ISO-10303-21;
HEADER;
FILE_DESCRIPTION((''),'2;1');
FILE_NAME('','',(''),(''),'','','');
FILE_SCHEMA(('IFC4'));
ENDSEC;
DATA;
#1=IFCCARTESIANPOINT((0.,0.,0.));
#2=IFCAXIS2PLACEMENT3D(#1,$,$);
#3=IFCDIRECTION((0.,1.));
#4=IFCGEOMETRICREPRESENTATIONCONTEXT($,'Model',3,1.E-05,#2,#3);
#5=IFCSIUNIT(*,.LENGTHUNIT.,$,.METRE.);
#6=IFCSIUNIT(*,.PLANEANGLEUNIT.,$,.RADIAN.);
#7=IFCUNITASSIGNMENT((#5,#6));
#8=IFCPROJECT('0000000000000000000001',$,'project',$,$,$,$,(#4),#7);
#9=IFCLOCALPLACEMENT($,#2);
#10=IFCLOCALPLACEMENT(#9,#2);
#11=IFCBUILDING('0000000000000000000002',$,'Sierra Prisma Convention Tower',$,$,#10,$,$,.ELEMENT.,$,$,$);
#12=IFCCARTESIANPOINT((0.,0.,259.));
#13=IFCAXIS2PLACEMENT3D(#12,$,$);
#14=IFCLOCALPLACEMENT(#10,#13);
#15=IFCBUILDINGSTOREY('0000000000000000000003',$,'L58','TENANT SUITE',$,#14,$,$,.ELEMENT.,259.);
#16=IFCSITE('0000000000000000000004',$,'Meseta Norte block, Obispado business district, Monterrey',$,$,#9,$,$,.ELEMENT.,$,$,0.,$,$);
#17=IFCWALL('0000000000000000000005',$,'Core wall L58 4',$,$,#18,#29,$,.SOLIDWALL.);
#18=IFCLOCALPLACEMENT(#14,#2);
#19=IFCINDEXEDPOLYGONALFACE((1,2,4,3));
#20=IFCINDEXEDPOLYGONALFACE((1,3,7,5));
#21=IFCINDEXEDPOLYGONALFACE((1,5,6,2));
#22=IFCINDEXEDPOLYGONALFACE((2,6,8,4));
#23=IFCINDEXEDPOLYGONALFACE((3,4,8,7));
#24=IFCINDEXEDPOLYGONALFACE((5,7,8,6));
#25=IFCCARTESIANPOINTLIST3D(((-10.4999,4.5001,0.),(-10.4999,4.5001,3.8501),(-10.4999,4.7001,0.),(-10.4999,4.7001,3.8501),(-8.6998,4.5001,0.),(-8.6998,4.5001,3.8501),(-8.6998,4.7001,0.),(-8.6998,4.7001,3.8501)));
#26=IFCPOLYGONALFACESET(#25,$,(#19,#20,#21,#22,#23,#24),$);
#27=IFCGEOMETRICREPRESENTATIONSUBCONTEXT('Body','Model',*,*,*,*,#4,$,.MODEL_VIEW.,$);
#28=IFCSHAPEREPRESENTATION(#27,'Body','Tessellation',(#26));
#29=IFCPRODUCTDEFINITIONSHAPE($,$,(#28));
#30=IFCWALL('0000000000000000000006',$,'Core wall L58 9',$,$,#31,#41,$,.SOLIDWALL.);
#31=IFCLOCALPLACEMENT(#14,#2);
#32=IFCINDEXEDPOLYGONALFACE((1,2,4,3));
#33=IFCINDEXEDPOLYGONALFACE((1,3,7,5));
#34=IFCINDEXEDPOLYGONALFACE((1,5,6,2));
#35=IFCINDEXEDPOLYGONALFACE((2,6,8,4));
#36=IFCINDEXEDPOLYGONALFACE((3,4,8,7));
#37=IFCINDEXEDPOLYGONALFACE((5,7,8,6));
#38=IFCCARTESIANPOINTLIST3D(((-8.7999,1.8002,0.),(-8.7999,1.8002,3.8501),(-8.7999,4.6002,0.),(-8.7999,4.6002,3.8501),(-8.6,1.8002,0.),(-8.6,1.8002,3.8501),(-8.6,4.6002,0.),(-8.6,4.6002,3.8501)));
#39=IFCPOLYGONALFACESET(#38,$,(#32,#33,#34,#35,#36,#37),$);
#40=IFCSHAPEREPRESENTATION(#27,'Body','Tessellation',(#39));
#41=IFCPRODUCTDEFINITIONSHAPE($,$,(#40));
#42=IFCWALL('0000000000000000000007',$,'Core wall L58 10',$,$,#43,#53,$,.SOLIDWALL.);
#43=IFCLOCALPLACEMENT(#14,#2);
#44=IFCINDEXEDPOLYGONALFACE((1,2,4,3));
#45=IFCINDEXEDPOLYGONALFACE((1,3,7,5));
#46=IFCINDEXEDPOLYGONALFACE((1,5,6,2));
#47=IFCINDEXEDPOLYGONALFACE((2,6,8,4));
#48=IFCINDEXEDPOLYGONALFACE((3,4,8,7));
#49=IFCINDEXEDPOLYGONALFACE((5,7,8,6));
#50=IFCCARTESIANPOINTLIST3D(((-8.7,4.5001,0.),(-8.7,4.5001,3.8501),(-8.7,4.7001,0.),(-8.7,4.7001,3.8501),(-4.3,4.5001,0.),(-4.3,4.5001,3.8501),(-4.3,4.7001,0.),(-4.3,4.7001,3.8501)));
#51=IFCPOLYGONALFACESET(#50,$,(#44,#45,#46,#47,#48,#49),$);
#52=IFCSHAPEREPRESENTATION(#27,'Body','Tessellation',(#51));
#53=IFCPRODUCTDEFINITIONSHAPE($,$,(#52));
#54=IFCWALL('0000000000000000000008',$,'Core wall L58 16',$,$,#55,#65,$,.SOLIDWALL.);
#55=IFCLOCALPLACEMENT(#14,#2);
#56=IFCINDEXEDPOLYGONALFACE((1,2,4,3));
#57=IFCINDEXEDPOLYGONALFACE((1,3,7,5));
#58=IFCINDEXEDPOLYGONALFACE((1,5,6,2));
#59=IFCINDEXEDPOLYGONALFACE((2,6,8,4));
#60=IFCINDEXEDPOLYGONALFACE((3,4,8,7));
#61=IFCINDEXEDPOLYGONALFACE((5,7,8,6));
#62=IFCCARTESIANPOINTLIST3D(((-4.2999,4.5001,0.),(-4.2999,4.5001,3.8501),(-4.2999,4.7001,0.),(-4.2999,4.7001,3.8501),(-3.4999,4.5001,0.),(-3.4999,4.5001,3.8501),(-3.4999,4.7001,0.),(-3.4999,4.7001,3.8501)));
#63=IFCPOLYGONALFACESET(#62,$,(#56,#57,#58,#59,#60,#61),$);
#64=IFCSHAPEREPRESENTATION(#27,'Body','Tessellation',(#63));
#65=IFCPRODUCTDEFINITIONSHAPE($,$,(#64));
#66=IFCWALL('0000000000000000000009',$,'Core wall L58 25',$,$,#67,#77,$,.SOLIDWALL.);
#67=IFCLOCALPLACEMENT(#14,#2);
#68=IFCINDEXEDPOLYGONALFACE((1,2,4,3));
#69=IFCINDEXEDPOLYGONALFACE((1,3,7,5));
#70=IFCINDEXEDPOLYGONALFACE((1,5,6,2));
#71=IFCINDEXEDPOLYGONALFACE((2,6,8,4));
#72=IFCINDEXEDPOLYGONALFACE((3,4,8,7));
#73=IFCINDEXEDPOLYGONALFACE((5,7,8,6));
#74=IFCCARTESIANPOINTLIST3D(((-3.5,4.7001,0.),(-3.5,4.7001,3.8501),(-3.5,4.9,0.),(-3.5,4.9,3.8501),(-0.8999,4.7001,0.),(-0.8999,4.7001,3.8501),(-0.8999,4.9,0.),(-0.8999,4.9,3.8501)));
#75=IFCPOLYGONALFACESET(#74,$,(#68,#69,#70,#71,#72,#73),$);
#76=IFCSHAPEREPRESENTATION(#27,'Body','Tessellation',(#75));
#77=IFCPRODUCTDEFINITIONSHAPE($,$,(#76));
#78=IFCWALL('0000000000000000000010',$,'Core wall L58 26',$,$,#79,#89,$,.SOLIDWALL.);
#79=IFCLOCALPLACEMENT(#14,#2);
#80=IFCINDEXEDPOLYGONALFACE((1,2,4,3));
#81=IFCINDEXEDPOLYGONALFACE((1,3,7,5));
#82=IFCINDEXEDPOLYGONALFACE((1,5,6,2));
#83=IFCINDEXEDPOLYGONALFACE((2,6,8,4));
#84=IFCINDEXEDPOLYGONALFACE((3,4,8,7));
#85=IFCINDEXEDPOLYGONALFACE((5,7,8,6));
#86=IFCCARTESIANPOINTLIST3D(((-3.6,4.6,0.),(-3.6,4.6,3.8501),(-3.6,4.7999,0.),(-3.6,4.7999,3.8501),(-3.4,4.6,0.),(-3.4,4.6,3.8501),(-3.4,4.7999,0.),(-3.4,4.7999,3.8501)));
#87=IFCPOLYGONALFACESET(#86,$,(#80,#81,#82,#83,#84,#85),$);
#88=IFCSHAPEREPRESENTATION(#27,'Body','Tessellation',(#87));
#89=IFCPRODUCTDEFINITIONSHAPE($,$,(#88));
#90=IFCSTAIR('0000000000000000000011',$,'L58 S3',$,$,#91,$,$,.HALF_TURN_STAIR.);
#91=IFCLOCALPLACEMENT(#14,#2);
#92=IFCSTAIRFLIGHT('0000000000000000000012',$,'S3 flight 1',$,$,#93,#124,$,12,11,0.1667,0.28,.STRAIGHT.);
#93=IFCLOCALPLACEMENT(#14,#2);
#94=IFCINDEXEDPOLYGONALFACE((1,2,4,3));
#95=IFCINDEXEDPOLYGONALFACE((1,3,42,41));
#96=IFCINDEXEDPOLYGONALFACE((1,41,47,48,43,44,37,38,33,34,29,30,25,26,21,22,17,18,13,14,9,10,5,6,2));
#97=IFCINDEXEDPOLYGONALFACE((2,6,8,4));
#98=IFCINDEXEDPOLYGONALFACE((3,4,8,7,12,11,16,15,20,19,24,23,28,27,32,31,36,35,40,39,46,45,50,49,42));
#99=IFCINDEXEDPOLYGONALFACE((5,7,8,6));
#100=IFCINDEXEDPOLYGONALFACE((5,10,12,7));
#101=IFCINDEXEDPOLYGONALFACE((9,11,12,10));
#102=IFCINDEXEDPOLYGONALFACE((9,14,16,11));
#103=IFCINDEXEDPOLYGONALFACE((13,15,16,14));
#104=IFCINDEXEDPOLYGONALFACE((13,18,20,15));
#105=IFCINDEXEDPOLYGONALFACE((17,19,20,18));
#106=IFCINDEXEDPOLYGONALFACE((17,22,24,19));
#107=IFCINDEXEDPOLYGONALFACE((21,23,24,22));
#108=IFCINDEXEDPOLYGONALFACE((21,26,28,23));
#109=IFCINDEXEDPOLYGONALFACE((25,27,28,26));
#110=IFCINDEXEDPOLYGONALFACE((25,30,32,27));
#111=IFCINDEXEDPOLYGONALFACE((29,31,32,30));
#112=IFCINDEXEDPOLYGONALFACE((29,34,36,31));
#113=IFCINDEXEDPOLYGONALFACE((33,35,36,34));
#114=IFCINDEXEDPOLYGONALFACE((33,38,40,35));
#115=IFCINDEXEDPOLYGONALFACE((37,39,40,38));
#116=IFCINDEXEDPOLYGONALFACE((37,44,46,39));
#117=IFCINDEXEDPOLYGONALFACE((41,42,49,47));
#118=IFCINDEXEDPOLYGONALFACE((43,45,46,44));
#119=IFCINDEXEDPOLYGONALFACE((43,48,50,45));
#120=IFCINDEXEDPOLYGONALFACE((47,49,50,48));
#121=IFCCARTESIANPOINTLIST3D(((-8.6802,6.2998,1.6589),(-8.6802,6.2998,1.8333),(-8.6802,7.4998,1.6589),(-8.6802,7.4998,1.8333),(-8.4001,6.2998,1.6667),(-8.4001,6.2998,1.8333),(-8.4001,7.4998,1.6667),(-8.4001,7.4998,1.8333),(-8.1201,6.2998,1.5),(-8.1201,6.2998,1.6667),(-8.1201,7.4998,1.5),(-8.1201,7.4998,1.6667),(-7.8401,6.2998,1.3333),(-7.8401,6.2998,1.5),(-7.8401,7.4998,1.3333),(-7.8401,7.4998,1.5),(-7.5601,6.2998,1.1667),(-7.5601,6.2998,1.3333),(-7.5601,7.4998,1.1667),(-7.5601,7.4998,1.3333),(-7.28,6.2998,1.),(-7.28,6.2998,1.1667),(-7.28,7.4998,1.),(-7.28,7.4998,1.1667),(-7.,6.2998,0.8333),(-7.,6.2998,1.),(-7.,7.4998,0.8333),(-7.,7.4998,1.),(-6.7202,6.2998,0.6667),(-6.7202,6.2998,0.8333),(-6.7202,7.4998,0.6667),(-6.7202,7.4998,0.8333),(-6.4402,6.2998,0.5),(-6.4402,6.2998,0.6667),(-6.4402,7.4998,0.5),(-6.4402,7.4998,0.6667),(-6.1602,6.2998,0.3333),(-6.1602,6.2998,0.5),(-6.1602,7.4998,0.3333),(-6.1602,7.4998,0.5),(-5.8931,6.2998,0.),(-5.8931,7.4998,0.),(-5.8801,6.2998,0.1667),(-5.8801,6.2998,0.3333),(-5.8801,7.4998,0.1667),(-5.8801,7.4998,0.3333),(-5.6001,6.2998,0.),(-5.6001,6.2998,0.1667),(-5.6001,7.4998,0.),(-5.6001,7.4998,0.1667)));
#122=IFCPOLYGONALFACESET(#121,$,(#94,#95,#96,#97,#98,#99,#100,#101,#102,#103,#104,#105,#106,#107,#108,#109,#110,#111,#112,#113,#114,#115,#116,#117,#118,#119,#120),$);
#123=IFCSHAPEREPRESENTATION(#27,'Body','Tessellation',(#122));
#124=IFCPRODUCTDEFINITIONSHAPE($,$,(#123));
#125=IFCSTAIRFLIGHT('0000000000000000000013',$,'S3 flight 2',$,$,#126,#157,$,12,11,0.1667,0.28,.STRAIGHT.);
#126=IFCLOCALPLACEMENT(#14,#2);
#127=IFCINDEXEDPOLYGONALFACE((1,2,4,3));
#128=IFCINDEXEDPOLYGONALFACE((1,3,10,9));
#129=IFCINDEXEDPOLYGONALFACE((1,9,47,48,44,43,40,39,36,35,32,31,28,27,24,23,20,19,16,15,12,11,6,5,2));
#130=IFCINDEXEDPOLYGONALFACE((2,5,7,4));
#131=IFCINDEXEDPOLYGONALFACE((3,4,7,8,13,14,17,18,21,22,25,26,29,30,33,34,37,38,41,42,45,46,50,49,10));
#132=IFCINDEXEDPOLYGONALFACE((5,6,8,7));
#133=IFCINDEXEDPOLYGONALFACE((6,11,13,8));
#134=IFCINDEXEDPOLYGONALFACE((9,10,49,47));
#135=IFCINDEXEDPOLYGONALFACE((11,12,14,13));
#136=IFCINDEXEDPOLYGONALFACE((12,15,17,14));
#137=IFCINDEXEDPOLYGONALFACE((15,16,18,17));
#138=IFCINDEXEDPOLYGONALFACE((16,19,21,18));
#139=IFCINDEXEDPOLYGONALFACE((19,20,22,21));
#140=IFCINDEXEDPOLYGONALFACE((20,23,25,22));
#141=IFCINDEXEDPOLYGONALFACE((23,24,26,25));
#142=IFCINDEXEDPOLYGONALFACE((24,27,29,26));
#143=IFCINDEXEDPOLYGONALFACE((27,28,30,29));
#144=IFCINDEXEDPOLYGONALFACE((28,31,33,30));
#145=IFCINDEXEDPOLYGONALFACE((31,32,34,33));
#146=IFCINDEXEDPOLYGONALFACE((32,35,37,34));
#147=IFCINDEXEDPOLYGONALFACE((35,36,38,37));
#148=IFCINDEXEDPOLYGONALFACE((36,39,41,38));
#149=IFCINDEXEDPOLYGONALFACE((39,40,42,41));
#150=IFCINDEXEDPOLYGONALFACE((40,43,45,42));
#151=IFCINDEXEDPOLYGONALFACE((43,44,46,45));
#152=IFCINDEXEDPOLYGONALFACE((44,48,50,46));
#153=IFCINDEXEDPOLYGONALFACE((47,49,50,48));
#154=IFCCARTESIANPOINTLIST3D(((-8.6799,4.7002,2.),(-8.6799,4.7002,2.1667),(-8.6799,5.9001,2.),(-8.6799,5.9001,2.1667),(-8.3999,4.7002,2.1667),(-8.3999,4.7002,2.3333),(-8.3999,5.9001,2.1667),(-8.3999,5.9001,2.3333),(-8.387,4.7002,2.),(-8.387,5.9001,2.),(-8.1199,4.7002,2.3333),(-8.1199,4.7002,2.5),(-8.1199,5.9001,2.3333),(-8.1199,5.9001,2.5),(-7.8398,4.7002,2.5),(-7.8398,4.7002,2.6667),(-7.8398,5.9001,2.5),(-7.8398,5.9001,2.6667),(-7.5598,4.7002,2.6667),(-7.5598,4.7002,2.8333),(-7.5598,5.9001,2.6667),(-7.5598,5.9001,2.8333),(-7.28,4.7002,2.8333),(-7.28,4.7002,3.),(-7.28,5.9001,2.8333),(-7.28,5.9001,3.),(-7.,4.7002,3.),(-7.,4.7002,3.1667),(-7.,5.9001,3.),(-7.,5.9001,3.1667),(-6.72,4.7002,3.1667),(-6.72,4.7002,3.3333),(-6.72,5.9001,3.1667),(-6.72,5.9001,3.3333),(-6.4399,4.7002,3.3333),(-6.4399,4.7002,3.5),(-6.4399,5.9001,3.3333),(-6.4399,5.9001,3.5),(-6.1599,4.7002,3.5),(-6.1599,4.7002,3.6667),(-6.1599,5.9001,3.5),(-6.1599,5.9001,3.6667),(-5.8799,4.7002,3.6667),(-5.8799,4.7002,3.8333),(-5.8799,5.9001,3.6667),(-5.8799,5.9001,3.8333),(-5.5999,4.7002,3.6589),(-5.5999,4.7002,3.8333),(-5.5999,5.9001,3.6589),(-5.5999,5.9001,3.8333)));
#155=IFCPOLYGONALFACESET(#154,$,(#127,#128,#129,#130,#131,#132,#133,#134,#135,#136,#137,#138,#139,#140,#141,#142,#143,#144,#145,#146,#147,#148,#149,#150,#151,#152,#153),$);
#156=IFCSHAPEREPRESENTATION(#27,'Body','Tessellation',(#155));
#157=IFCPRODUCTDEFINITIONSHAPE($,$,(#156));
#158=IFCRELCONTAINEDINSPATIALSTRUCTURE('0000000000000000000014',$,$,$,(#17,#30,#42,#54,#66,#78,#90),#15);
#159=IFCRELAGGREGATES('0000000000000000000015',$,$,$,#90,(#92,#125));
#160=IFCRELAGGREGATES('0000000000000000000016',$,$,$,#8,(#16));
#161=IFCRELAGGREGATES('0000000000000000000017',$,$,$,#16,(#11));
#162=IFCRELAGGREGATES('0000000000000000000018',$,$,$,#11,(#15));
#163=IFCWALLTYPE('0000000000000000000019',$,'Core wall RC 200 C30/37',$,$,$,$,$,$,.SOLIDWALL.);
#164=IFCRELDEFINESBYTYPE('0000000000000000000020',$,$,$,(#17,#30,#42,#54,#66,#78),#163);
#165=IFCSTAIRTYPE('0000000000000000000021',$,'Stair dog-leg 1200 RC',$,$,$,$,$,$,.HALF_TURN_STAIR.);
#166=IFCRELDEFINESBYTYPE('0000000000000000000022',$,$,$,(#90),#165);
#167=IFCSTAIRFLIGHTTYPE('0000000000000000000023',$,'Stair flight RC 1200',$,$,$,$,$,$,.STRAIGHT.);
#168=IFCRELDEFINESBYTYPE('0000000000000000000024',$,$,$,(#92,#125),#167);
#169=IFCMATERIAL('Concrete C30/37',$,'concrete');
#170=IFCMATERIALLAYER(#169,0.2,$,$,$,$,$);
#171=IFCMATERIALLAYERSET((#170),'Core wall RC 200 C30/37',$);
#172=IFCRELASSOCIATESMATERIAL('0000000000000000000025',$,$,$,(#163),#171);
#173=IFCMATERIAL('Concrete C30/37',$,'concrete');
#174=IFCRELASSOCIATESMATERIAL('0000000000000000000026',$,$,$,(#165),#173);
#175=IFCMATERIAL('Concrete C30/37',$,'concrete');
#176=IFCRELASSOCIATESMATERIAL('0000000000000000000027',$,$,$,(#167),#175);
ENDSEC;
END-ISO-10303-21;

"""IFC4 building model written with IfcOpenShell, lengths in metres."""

from ifc_helpers import new_model, si_unit, direction, frame, frame_2d, origin, place, context, subcontext, project, spatial, polyline, rectangle, outline, extrude, material, layer, layer_set, type_object, element, aggregate, save


model = new_model("IFC4")

# Units and contexts
model_context = context("Model", 3, precision=1e-05, world=origin(), true_north=direction((0.0, 1.0)))
body_context = subcontext(model_context, "Body", "Model", "MODEL_VIEW")
ifc_project = project(units=[si_unit("LENGTHUNIT", "METRE"), si_unit("PLANEANGLEUNIT", "RADIAN")], contexts=[model_context])

# Site, building, storey
site_placement = place(None, origin())
site = spatial("IfcSite", under=ifc_project, at=site_placement, Name="Meseta Norte block, Obispado business district, Monterrey", CompositionType="ELEMENT", RefElevation=0.0)
building_placement = place(site_placement, origin())
building = spatial("IfcBuilding", under=site, at=building_placement, Name="Sierra Prisma Convention Tower", CompositionType="ELEMENT")
storey_placement = place(building_placement, frame((0.0, 0.0, 259.0)))
storey = spatial("IfcBuildingStorey", under=building, at=storey_placement, Name="L58", Description="TENANT SUITE", CompositionType="ELEMENT", Elevation=259.0)

# Walls
ifc_material_1 = material(Name="Concrete C30/37", Category="concrete")
ifc_layer = layer(ifc_material_1, 0.2)
ifc_layer_set = layer_set([ifc_layer], Name="Core wall RC 200 C30/37")
wall_type = type_object("IfcWallType", Name="Core wall RC 200 C30/37", PredefinedType="SOLIDWALL", material=ifc_layer_set)
wall_1_placement = place(storey_placement, frame((-8.7, 4.6001, 0.0), z_axis=(0.0, 0.0, 1.0), x_axis=(-1.0, 0.0, 0.0)))
element("IfcWall", 1, at=wall_1_placement, inside=storey, type_object=wall_type, Name="Core wall L58 4", PredefinedType="SOLIDWALL", context=body_context, shape_type="SweptSolid", body=[
    extrude(rectangle(XDim=1.8, YDim=0.2, at=frame_2d((0.8999, 0.0))), origin(), (0.0, 0.0, 1.0), 3.8501),
])
wall_2_placement = place(storey_placement, frame((-8.7, 4.6001, 0.0), z_axis=(0.0, 0.0, 1.0), x_axis=(0.0, -1.0, 0.0)))
element("IfcWall", 2, at=wall_2_placement, inside=storey, type_object=wall_type, Name="Core wall L58 9", PredefinedType="SOLIDWALL", context=body_context, shape_type="SweptSolid", body=[
    extrude(rectangle(XDim=2.8, YDim=0.2, at=frame_2d((1.3999, 0.0))), origin(), (0.0, 0.0, 1.0), 3.8501),
])
wall_3_placement = place(storey_placement, frame((-4.3, 4.6001, 0.0), z_axis=(0.0, 0.0, 1.0), x_axis=(-1.0, 0.0, 0.0)))
element("IfcWall", 3, at=wall_3_placement, inside=storey, type_object=wall_type, Name="Core wall L58 10", PredefinedType="SOLIDWALL", context=body_context, shape_type="SweptSolid", body=[
    extrude(rectangle(XDim=4.3999, YDim=0.2, at=frame_2d((2.2, 0.0))), origin(), (0.0, 0.0, 1.0), 3.8501),
])
wall_4_placement = place(storey_placement, frame((-3.5, 4.6001, 0.0), z_axis=(0.0, 0.0, 1.0), x_axis=(-1.0, 0.0, 0.0)))
element("IfcWall", 4, at=wall_4_placement, inside=storey, type_object=wall_type, Name="Core wall L58 16", PredefinedType="SOLIDWALL", context=body_context, shape_type="SweptSolid", body=[
    extrude(rectangle(XDim=0.8, YDim=0.2, at=frame_2d((0.3999, 0.0))), origin(), (0.0, 0.0, 1.0), 3.8501),
])

# Walls
wall_5_placement = place(storey_placement, frame((-0.8999, 4.8, 0.0), z_axis=(0.0, 0.0, 1.0), x_axis=(-1.0, 0.0, 0.0)))
element("IfcWall", 5, at=wall_5_placement, inside=storey, type_object=wall_type, Name="Core wall L58 25", PredefinedType="SOLIDWALL", context=body_context, shape_type="SweptSolid", body=[
    extrude(rectangle(XDim=2.6001, YDim=0.2, at=frame_2d((1.3, 0.0))), origin(), (0.0, 0.0, 1.0), 3.8501),
])
wall_6_placement = place(storey_placement, frame((-3.5, 4.8, 0.0), z_axis=(0.0, 0.0, 1.0), x_axis=(0.0, -1.0, 0.0)))
element("IfcWall", 6, at=wall_6_placement, inside=storey, type_object=wall_type, Name="Core wall L58 26", PredefinedType="SOLIDWALL", context=body_context, shape_type="SweptSolid", body=[
    extrude(rectangle(XDim=0.2, YDim=0.2, at=frame_2d((0.1001, 0.0))), origin(), (0.0, 0.0, 1.0), 3.8501),
])

# Stair, stair flights
ifc_material_2 = material(Name="Concrete C30/37", Category="concrete")
stair_type = type_object("IfcStairType", Name="Stair dog-leg 1200 RC", PredefinedType="HALF_TURN_STAIR", material=ifc_material_2)
stair_placement = place(storey_placement, origin())
stair = element("IfcStair", 7, at=stair_placement, inside=storey, type_object=stair_type, Name="L58 S3", PredefinedType="HALF_TURN_STAIR")
ifc_material_3 = material(Name="Concrete C30/37", Category="concrete")
stair_flight_type = type_object("IfcStairFlightType", Name="Stair flight RC 1200", PredefinedType="STRAIGHT", material=ifc_material_3)
stair_flight_1_placement = place(storey_placement, frame((-5.6001, 6.8999, 0.0), z_axis=(0.0, 0.0, 1.0), x_axis=(-1.0, 0.0, 0.0)))
stair_flight_1 = element("IfcStairFlight", 8, at=stair_flight_1_placement, type_object=stair_flight_type, Name="S3 flight 1", NumberOfRisers=12, NumberOfTreads=11, PredefinedType="STRAIGHT", RiserHeight=0.1667, TreadLength=0.28, context=body_context, shape_type="SweptSolid", body=[
    extrude(outline(polyline([(0.0, 0.0), (0.0, 0.1667), (0.28, 0.1667), (0.28, 0.3333), (0.5601, 0.3333), (0.5601, 0.5), (0.8401, 0.5), (0.8401, 0.6667), (1.1201, 0.6667), (1.1201, 0.8333), (1.3999, 0.8333), (1.3999, 1.0), (1.6799, 1.0), (1.6799, 1.1667), (1.96, 1.1667), (1.96, 1.3333), (2.24, 1.3333), (2.24, 1.5), (2.52, 1.5), (2.52, 1.6667), (2.8, 1.6667), (2.8, 1.8333), (3.0801, 1.8333), (3.0801, 2.0), (3.0801, 1.6589), (0.293, 0.0), (0.0, 0.0)])), frame((0.0, 0.6001, 0.0), z_axis=(0.0, -1.0, 0.0), x_axis=(1.0, 0.0, 0.0)), (0.0, 0.0, 1.0), 1.2),
])
stair_flight_2_placement = place(storey_placement, frame((-8.6799, 5.3, 2.0), z_axis=(0.0, 0.0, 1.0), x_axis=(1.0, 0.0, 0.0)))
stair_flight_2 = element("IfcStairFlight", 9, at=stair_flight_2_placement, type_object=stair_flight_type, Name="S3 flight 2", NumberOfRisers=12, NumberOfTreads=11, PredefinedType="STRAIGHT", RiserHeight=0.1667, TreadLength=0.28, context=body_context, shape_type="SweptSolid", body=[
    extrude(outline(polyline([(0.0, 0.0), (0.0, 0.1667), (0.28, 0.1667), (0.28, 0.3333), (0.5601, 0.3333), (0.5601, 0.5), (0.8401, 0.5), (0.8401, 0.6667), (1.1201, 0.6667), (1.1201, 0.8333), (1.3999, 0.8333), (1.3999, 1.0), (1.6799, 1.0), (1.6799, 1.1667), (1.96, 1.1667), (1.96, 1.3333), (2.24, 1.3333), (2.24, 1.5), (2.52, 1.5), (2.52, 1.6667), (2.8, 1.6667), (2.8, 1.8333), (3.0801, 1.8333), (3.0801, 2.0), (3.0801, 1.6589), (0.293, 0.0), (0.0, 0.0)])), frame((0.0, 0.6001, 0.0), z_axis=(0.0, -1.0, 0.0), x_axis=(1.0, 0.0, 0.0)), (0.0, 0.0, 1.0), 1.2),
])
aggregate(stair, [stair_flight_1, stair_flight_2])

save(model, "model.ifc")
